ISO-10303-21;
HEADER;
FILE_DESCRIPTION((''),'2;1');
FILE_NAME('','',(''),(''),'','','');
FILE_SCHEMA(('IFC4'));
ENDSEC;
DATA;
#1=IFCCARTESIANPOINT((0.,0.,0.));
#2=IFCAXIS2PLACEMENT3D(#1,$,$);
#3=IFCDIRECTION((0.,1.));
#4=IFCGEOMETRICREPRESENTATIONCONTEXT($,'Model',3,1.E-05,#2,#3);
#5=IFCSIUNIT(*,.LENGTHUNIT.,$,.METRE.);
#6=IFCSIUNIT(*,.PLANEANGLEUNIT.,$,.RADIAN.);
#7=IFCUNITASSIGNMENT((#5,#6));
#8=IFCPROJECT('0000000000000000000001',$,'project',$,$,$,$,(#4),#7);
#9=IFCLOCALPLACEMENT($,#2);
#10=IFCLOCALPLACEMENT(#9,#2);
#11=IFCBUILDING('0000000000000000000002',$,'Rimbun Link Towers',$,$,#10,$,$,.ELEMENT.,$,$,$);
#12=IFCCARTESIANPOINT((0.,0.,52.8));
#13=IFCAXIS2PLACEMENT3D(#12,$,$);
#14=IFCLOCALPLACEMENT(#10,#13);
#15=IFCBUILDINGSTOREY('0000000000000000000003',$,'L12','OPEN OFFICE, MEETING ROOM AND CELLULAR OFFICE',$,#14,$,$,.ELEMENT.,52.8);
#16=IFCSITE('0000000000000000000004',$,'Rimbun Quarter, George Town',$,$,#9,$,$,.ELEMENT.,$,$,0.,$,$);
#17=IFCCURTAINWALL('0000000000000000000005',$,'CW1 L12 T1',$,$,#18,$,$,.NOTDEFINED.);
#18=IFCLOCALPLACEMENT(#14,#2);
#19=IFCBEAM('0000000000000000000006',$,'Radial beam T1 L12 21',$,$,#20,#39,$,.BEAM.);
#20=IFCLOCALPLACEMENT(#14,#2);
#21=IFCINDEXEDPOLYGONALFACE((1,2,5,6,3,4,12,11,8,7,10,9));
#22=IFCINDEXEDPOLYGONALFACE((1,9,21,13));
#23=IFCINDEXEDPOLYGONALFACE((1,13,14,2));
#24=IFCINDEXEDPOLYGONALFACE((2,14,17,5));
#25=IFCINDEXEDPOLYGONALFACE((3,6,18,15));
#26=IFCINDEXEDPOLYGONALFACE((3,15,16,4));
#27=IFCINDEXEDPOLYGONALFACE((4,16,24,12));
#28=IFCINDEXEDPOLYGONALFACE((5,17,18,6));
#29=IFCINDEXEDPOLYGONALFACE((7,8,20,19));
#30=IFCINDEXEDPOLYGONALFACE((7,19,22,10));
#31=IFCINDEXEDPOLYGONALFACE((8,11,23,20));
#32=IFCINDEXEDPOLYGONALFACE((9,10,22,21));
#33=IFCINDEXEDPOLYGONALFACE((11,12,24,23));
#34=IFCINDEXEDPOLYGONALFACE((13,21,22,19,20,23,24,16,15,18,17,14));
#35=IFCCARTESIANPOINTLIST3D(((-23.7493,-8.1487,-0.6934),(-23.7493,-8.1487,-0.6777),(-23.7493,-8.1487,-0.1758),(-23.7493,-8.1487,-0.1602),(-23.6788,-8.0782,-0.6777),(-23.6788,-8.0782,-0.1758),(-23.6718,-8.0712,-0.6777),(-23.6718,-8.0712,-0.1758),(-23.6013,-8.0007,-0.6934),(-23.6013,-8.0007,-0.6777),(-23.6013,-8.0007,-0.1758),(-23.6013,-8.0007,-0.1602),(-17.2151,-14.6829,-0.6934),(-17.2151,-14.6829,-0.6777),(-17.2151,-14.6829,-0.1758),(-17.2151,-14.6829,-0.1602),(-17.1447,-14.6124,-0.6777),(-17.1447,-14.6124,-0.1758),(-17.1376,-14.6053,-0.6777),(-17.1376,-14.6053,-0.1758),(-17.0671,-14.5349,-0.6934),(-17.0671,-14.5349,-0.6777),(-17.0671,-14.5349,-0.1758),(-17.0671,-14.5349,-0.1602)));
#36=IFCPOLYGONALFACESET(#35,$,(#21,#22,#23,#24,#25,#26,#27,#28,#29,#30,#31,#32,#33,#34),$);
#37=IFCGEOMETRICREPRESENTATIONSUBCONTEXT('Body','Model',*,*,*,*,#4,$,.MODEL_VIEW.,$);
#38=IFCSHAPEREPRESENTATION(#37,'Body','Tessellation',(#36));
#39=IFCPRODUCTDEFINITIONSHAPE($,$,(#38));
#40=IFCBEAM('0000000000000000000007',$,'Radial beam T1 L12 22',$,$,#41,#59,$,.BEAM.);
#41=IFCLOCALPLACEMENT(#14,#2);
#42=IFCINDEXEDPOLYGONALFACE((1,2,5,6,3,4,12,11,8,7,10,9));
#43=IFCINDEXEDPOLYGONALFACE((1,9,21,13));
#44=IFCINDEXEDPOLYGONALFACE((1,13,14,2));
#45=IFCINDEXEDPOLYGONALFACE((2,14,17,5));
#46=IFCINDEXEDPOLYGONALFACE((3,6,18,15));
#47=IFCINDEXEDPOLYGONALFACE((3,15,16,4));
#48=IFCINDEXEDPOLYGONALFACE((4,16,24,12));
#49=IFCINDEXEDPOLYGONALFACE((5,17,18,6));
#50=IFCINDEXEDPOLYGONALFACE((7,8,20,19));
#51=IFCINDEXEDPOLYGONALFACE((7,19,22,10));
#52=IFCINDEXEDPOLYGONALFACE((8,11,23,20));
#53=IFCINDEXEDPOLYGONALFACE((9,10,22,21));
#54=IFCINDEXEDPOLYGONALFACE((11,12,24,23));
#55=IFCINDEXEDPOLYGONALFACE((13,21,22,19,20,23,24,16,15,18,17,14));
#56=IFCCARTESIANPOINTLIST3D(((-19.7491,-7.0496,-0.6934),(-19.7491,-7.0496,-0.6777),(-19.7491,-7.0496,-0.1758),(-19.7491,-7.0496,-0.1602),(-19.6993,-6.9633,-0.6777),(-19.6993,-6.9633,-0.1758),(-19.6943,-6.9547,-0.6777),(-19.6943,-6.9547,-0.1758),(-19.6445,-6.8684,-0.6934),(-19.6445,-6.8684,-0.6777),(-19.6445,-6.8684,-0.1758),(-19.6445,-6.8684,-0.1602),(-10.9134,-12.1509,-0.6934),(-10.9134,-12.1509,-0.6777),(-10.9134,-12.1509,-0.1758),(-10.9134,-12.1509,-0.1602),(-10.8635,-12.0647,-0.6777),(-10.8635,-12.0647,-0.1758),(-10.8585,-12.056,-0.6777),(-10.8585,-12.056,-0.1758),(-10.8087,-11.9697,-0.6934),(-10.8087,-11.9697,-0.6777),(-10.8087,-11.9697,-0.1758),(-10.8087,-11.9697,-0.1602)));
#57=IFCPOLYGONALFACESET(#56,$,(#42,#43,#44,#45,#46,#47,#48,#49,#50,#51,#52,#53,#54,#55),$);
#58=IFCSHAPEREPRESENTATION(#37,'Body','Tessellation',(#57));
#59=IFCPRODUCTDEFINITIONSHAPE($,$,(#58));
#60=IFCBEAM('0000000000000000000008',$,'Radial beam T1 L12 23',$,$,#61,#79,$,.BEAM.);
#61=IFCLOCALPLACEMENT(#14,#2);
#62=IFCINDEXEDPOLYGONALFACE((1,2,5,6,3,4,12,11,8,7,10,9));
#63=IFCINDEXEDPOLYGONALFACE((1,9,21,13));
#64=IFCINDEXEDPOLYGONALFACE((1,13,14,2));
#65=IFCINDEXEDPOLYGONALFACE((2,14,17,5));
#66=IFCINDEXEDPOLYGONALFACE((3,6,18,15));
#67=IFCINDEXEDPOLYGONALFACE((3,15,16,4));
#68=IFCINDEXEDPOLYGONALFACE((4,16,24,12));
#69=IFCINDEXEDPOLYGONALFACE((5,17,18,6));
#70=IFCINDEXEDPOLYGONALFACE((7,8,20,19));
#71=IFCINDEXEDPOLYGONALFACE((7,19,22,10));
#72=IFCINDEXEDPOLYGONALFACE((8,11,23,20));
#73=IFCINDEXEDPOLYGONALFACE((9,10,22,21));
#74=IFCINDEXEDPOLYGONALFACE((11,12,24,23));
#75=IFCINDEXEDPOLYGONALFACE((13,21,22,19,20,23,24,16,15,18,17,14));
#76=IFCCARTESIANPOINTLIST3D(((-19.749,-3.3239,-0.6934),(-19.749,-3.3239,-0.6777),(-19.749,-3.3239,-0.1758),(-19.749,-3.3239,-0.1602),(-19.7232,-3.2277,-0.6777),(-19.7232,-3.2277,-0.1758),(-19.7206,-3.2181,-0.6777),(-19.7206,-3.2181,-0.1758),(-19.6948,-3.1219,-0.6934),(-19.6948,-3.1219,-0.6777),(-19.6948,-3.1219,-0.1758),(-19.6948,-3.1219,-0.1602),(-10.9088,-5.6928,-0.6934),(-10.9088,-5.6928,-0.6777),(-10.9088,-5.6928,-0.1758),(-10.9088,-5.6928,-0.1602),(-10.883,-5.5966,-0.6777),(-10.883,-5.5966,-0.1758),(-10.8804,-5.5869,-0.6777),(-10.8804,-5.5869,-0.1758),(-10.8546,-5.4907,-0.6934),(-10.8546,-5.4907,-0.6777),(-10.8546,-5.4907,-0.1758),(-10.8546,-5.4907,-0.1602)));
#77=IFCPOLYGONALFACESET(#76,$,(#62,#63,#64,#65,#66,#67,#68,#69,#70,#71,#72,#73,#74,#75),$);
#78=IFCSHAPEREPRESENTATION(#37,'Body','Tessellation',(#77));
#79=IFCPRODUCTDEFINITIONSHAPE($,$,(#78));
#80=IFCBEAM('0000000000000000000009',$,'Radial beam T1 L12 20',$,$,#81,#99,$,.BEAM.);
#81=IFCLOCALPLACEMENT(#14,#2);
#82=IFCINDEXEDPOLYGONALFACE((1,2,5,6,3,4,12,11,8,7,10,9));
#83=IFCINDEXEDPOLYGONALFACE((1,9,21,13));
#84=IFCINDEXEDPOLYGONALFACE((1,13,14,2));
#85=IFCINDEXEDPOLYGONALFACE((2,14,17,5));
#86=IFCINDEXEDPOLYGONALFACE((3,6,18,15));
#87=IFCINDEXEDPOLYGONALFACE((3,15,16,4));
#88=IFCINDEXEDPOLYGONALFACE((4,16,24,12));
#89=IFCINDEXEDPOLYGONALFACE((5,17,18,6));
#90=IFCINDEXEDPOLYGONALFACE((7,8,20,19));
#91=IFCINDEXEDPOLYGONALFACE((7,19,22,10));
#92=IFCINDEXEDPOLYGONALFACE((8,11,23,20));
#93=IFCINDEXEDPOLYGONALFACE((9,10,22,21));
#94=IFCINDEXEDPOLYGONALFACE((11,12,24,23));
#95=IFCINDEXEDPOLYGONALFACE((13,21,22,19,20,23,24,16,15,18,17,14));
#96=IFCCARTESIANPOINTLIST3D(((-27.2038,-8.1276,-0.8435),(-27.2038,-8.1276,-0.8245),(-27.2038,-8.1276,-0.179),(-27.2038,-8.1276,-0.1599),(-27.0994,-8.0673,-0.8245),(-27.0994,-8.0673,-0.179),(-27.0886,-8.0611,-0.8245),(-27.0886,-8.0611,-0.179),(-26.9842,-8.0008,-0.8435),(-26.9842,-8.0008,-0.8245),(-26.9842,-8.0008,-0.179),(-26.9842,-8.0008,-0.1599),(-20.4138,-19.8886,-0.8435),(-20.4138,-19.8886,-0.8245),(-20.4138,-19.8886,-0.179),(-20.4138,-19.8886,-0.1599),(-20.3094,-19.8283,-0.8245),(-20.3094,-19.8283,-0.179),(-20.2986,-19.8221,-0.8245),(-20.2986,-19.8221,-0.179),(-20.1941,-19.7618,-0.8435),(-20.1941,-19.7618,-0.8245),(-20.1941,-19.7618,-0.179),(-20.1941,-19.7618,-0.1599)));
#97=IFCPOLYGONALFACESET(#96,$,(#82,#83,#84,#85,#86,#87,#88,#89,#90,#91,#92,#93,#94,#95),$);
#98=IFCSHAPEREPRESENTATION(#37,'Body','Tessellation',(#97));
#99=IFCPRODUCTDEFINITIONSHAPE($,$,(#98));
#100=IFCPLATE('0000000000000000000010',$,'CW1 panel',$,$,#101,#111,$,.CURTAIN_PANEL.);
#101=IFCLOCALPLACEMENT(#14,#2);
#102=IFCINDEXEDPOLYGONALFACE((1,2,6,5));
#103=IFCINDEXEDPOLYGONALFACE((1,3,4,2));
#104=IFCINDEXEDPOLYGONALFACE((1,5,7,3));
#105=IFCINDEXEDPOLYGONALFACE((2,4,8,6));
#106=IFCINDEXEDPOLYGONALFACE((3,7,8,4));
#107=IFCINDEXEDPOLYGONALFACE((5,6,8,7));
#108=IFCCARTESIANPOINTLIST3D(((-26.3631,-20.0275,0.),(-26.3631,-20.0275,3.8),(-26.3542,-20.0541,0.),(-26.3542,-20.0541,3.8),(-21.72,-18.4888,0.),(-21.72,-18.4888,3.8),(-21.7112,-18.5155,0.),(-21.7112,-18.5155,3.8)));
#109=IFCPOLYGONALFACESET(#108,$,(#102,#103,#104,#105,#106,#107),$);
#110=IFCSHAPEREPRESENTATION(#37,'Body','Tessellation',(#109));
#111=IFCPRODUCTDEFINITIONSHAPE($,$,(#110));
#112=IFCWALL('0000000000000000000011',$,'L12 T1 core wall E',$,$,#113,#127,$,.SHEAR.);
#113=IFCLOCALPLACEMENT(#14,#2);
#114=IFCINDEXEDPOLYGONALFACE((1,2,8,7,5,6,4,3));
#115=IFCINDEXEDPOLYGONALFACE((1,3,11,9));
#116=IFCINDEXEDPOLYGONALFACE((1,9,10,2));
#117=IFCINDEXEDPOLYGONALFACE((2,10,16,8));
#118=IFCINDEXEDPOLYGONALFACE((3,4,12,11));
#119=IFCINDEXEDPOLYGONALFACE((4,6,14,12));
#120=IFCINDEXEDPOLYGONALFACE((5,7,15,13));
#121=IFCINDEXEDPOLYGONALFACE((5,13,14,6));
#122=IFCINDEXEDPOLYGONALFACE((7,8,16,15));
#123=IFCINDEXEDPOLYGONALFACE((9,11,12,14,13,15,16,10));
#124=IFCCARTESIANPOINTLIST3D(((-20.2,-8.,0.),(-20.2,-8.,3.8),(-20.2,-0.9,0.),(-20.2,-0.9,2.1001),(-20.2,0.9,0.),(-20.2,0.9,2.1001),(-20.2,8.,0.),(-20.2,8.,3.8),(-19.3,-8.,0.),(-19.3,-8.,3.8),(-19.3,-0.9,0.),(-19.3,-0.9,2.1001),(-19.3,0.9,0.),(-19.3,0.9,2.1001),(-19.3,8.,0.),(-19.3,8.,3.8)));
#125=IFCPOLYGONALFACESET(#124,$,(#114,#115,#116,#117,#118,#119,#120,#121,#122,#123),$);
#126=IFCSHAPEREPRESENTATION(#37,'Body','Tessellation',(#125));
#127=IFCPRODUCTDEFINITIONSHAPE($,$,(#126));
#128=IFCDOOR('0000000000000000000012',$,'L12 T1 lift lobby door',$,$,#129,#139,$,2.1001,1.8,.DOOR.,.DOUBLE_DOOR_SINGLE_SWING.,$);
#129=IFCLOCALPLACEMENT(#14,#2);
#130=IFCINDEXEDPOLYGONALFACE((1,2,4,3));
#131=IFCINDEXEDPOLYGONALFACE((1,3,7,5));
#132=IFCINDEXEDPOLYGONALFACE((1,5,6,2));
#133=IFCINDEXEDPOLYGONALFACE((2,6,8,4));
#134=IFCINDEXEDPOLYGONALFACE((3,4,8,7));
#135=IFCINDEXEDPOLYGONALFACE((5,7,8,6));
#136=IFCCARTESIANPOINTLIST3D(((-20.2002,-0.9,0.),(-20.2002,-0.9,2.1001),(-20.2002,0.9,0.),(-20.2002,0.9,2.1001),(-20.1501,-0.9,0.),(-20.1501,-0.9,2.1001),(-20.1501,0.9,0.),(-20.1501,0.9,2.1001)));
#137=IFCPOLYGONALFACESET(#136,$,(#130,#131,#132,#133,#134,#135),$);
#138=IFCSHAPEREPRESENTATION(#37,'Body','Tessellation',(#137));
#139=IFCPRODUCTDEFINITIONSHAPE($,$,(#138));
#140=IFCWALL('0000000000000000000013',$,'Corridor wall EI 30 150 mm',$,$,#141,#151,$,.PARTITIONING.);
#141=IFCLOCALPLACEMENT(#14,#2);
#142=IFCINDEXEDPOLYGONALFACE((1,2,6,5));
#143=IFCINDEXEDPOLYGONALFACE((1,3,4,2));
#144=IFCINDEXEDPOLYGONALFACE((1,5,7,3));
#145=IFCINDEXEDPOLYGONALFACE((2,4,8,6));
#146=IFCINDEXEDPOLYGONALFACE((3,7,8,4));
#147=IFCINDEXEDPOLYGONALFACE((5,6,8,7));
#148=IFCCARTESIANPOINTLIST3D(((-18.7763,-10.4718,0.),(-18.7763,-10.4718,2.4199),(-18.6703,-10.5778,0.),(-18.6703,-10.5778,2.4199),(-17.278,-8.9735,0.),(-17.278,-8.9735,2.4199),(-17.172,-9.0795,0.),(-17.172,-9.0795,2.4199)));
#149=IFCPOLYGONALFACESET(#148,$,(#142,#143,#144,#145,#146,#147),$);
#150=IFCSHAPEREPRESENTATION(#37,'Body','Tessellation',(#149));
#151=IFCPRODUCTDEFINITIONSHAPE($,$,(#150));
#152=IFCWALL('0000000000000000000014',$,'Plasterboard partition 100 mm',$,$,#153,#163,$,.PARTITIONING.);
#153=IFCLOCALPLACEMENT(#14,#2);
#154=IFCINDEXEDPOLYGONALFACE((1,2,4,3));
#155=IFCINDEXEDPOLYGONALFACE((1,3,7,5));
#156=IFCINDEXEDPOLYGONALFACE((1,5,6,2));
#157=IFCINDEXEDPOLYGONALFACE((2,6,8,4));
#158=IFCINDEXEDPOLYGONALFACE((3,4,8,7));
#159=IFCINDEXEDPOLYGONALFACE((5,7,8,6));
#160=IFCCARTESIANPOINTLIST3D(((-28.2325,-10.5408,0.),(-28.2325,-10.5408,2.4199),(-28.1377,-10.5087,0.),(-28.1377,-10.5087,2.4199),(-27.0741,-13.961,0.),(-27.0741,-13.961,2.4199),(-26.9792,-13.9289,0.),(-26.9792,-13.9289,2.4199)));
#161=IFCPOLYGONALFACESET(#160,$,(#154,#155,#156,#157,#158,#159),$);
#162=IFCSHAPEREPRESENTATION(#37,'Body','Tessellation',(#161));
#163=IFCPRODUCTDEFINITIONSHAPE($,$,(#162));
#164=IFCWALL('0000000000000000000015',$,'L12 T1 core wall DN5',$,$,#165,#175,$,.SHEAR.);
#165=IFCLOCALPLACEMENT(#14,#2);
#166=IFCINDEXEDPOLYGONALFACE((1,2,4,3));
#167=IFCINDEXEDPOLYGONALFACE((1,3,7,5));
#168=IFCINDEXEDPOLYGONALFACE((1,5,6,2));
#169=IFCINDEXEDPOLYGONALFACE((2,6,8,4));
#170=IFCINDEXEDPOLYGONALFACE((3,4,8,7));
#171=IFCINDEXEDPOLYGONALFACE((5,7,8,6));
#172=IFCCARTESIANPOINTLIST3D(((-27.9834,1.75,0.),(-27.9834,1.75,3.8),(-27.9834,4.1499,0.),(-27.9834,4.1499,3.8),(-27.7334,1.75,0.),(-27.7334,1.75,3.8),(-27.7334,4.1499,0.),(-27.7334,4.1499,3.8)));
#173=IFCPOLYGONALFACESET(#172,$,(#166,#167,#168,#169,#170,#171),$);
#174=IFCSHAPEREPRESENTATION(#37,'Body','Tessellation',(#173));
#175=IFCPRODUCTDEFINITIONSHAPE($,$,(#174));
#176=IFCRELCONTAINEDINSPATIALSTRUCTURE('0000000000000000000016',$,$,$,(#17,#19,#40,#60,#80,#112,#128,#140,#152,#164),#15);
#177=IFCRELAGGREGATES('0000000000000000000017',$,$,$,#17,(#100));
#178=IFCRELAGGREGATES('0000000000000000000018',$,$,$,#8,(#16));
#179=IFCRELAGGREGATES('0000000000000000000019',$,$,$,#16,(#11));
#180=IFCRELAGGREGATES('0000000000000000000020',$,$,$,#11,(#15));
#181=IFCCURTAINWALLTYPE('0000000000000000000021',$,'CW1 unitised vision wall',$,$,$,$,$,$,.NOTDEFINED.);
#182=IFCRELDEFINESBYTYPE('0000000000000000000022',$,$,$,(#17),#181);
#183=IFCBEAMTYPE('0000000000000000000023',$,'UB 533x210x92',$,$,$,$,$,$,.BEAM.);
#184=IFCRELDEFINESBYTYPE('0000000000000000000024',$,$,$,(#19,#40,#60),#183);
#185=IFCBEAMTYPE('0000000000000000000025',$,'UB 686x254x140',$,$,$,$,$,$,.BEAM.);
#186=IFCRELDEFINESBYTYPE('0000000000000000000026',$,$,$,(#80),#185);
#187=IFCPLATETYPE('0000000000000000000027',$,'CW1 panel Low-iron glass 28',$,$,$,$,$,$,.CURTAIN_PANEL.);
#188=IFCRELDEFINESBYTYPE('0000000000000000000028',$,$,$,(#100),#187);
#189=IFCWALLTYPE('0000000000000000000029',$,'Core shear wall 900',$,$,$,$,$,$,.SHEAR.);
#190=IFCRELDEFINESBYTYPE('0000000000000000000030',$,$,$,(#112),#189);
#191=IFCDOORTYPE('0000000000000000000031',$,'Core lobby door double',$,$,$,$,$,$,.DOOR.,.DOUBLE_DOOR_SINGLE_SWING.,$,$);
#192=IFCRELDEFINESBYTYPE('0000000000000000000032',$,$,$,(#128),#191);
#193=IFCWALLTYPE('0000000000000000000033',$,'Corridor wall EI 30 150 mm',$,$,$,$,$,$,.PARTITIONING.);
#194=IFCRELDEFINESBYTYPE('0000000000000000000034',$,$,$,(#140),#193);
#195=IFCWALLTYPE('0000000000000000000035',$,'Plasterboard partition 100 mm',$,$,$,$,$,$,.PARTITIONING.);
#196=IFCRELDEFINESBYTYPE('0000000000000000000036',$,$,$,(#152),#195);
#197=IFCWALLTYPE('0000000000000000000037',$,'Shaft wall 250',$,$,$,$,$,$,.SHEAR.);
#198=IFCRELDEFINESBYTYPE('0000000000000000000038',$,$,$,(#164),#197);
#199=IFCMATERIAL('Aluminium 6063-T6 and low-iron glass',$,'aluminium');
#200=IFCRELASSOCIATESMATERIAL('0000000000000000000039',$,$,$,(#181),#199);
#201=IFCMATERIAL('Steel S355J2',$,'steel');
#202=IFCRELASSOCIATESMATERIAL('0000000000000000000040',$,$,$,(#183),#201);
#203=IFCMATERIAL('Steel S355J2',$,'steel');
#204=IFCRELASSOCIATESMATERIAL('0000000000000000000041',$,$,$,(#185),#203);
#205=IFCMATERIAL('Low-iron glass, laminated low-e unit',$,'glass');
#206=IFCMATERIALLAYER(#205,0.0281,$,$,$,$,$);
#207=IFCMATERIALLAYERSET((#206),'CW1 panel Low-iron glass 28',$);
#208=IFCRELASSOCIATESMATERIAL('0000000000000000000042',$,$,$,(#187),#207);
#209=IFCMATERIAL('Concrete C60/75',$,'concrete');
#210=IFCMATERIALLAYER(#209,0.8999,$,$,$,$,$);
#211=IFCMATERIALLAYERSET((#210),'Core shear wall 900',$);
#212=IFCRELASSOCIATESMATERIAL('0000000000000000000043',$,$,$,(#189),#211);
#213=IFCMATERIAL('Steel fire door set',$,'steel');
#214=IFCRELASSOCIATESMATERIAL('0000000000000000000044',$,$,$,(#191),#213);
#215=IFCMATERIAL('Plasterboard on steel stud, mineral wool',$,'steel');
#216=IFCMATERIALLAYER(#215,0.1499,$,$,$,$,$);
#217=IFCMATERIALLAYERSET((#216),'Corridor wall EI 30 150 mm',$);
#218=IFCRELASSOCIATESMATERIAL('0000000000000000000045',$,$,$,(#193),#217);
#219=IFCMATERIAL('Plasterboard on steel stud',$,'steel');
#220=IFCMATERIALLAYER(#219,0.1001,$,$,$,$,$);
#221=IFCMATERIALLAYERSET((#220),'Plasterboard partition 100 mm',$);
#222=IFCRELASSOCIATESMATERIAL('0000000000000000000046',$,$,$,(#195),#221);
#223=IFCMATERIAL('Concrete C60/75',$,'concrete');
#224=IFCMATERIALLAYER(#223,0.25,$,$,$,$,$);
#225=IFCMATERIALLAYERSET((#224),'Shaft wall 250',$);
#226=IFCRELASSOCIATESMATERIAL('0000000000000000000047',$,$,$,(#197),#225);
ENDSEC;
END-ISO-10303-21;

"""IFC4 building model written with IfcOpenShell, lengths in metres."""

from ifc_helpers import new_model, si_unit, direction, frame, frame_2d, origin, origin_2d, place, context, subcontext, project, spatial, rectangle, i_section, extrude, material, layer, layer_set, material_profile, profile_set, type_object, element, fill, aggregate, save


model = new_model("IFC4")

# Units and contexts
model_context = context("Model", 3, precision=1e-05, world=origin(), true_north=direction((0.0, 1.0)))
body_context = subcontext(model_context, "Body", "Model", "MODEL_VIEW")
ifc_project = project(units=[si_unit("LENGTHUNIT", "METRE"), si_unit("PLANEANGLEUNIT", "RADIAN")], contexts=[model_context])

# Site, building, storey
site_placement = place(None, origin())
site = spatial("IfcSite", under=ifc_project, at=site_placement, Name="Rimbun Quarter, George Town", CompositionType="ELEMENT", RefElevation=0.0)
building_placement = place(site_placement, origin())
building = spatial("IfcBuilding", under=site, at=building_placement, Name="Rimbun Link Towers", CompositionType="ELEMENT")
storey_placement = place(building_placement, frame((0.0, 0.0, 52.8)))
storey = spatial("IfcBuildingStorey", under=building, at=storey_placement, Name="L12", Description="OPEN OFFICE, MEETING ROOM AND CELLULAR OFFICE", CompositionType="ELEMENT", Elevation=52.8)

# Curtain wall
ifc_material_1 = material(Name="Aluminium 6063-T6 and low-iron glass", Category="aluminium")
curtain_wall_type = type_object("IfcCurtainWallType", Name="CW1 unitised vision wall", PredefinedType="NOTDEFINED", material=ifc_material_1)
curtain_wall_placement = place(storey_placement, origin())
curtain_wall = element("IfcCurtainWall", 1, at=curtain_wall_placement, inside=storey, type_object=curtain_wall_type, Name="CW1 L12 T1", PredefinedType="NOTDEFINED")

# Beams
ifc_material_2 = material(Name="Steel S355J2", Category="steel")
ifc_material_profile_1 = material_profile(ifc_material_2, i_section(OverallWidth=0.2092, OverallDepth=0.5332, WebThickness=0.01, FlangeThickness=0.0156, at=origin_2d()), Name="UB 533x210x92")
ifc_profile_set_1 = profile_set([ifc_material_profile_1], Name="Steel S355J2")
beam_type_1 = type_object("IfcBeamType", Name="UB 533x210x92", PredefinedType="BEAM", material=ifc_profile_set_1)
beam_1_placement = place(storey_placement, frame((-23.6753, -8.0747, -0.4268), z_axis=(0.707107, -0.707107, 0.0), x_axis=(0.707107, 0.707107, 0.0)))
element("IfcBeam", 2, at=beam_1_placement, inside=storey, type_object=beam_type_1, Name="Radial beam T1 L12 21", PredefinedType="BEAM", context=body_context, shape_type="SweptSolid", body=[
    extrude(i_section(OverallWidth=0.2092, OverallDepth=0.5332, WebThickness=0.01, FlangeThickness=0.0156, at=origin_2d()), origin(), (0.0, 0.0, 1.0), 9.2407),
])
beam_2_placement = place(storey_placement, frame((-19.6968, -6.959, -0.4268), z_axis=(0.866024, -0.500002, 0.0), x_axis=(0.500002, 0.866024, 0.0)))
element("IfcBeam", 3, at=beam_2_placement, inside=storey, type_object=beam_type_1, Name="Radial beam T1 L12 22", PredefinedType="BEAM", context=body_context, shape_type="SweptSolid", body=[
    extrude(i_section(OverallWidth=0.2092, OverallDepth=0.5332, WebThickness=0.01, FlangeThickness=0.0156, at=origin_2d()), origin(), (0.0, 0.0, 1.0), 10.2026),
])
beam_3_placement = place(storey_placement, frame((-19.7219, -3.2229, -0.4268), z_axis=(0.965922, -0.258833, 0.0), x_axis=(0.258833, 0.965922, 0.0)))
element("IfcBeam", 4, at=beam_3_placement, inside=storey, type_object=beam_type_1, Name="Radial beam T1 L12 23", PredefinedType="BEAM", context=body_context, shape_type="SweptSolid", body=[
    extrude(i_section(OverallWidth=0.2092, OverallDepth=0.5332, WebThickness=0.01, FlangeThickness=0.0156, at=origin_2d()), origin(), (0.0, 0.0, 1.0), 9.1521),
])
ifc_material_3 = material(Name="Steel S355J2", Category="steel")
ifc_material_profile_2 = material_profile(ifc_material_3, i_section(OverallWidth=0.2537, OverallDepth=0.6836, WebThickness=0.0125, FlangeThickness=0.019, at=origin_2d()), Name="UB 686x254x140")
ifc_profile_set_2 = profile_set([ifc_material_profile_2], Name="Steel S355J2")
beam_type_2 = type_object("IfcBeamType", Name="UB 686x254x140", PredefinedType="BEAM", material=ifc_profile_set_2)
beam_4_placement = place(storey_placement, frame((-27.094, -8.0642, -0.5017), z_axis=(0.499991, -0.866031, 0.0), x_axis=(0.866031, 0.499991, 0.0)))
element("IfcBeam", 5, at=beam_4_placement, inside=storey, type_object=beam_type_2, Name="Radial beam T1 L12 20", PredefinedType="BEAM", context=body_context, shape_type="SweptSolid", body=[
    extrude(i_section(OverallWidth=0.2537, OverallDepth=0.6836, WebThickness=0.0125, FlangeThickness=0.019, at=origin_2d()), origin(), (0.0, 0.0, 1.0), 13.5803),
])

# Plate
ifc_material_4 = material(Name="Low-iron glass, laminated low-e unit", Category="glass")
ifc_layer_1 = layer(ifc_material_4, 0.0281)
ifc_layer_set_1 = layer_set([ifc_layer_1], Name="CW1 panel Low-iron glass 28")
plate_type = type_object("IfcPlateType", Name="CW1 panel Low-iron glass 28", PredefinedType="CURTAIN_PANEL", material=ifc_layer_set_1)
plate_placement = place(storey_placement, frame((-24.0371, -19.2715, 0.0), z_axis=(0.0, 0.0, 1.0), x_axis=(-0.949236, -0.314563, 0.0)))
plate = element("IfcPlate", 6, at=plate_placement, type_object=plate_type, Name="CW1 panel", PredefinedType="CURTAIN_PANEL", context=body_context, shape_type="SweptSolid", body=[
    extrude(rectangle(XDim=4.8914, YDim=0.0281, at=origin_2d()), origin(), (0.0, 0.0, 1.0), 3.8),
])
aggregate(curtain_wall, [plate])

# Wall, opening, door
ifc_material_5 = material(Name="Concrete C60/75", Category="concrete")
ifc_layer_2 = layer(ifc_material_5, 0.8999)
ifc_layer_set_2 = layer_set([ifc_layer_2], Name="Core shear wall 900")
wall_type_1 = type_object("IfcWallType", Name="Core shear wall 900", PredefinedType="SHEAR", material=ifc_layer_set_2)
wall_1_placement = place(storey_placement, frame((-19.75, -8.0, 0.0), z_axis=(0.0, 0.0, 1.0), x_axis=(0.0, 1.0, 0.0)))
wall_1 = element("IfcWall", 7, at=wall_1_placement, inside=storey, type_object=wall_type_1, Name="L12 T1 core wall E", PredefinedType="SHEAR", context=body_context, shape_type="SweptSolid", body=[
    extrude(rectangle(XDim=16.0, YDim=0.8999, at=frame_2d((8.0, 0.0))), origin(), (0.0, 0.0, 1.0), 3.8),
])
opening_1_placement = place(wall_1_placement, frame((7.1001, 0.0, 0.0)))
opening_1 = element("IfcOpeningElement", 8, at=opening_1_placement, cuts=wall_1, PredefinedType="OPENING", context=body_context, shape_type="SweptSolid", body=[
    extrude(rectangle(XDim=1.8, YDim=2.1001, at=frame_2d((0.8999, 1.05))), frame((0.0, 0.46, 0.0), z_axis=(0.0, -1.0, 0.0), x_axis=(1.0, 0.0, 0.0)), (0.0, 0.0, 1.0), 0.9199),
])
ifc_material_6 = material(Name="Steel fire door set", Category="steel")
door_type_1 = type_object("IfcDoorType", Name="Core lobby door double", OperationType="DOUBLE_DOOR_SINGLE_SWING", PredefinedType="DOOR", material=ifc_material_6)
door_1_placement = place(opening_1_placement, origin())
door_1 = element("IfcDoor", 9, at=door_1_placement, inside=storey, type_object=door_type_1, Name="L12 T1 lift lobby door", OperationType="DOUBLE_DOOR_SINGLE_SWING", OverallHeight=2.1001, OverallWidth=1.8, PredefinedType="DOOR", context=body_context, shape_type="SweptSolid", body=[
    extrude(rectangle(XDim=1.8, YDim=2.1001, at=frame_2d((0.8999, 1.05))), frame((0.0, 0.4502, 0.0), z_axis=(0.0, -1.0, 0.0), x_axis=(1.0, 0.0, 0.0)), (0.0, 0.0, 1.0), 0.05),
])
fill(opening_1, door_1)

# Walls
ifc_material_7 = material(Name="Plasterboard on steel stud, mineral wool", Category="steel")
ifc_layer_3 = layer(ifc_material_7, 0.1499)
ifc_layer_set_3 = layer_set([ifc_layer_3], Name="Corridor wall EI 30 150 mm")
wall_type_2 = type_object("IfcWallType", Name="Corridor wall EI 30 150 mm", PredefinedType="PARTITIONING", material=ifc_layer_set_3)
wall_2_placement = place(storey_placement, frame((-18.7234, -10.5249, 0.0), z_axis=(0.0, 0.0, 1.0), x_axis=(0.707107, 0.707107, 0.0)))
element("IfcWall", 10, at=wall_2_placement, inside=storey, type_object=wall_type_2, Name="Corridor wall EI 30 150 mm", PredefinedType="PARTITIONING", context=body_context, shape_type="SweptSolid", body=[
    extrude(rectangle(XDim=2.1189, YDim=0.1499, at=frame_2d((1.0596, 0.0))), origin(), (0.0, 0.0, 1.0), 2.4199),
])
ifc_material_8 = material(Name="Plasterboard on steel stud", Category="steel")
ifc_layer_4 = layer(ifc_material_8, 0.1001)
ifc_layer_set_4 = layer_set([ifc_layer_4], Name="Plasterboard partition 100 mm")
wall_type_3 = type_object("IfcWallType", Name="Plasterboard partition 100 mm", PredefinedType="PARTITIONING", material=ifc_layer_set_4)
wall_3_placement = place(storey_placement, frame((-27.0266, -13.9451, 0.0), z_axis=(0.0, 0.0, 1.0), x_axis=(-0.320808, 0.947144, 0.0)))
element("IfcWall", 11, at=wall_3_placement, inside=storey, type_object=wall_type_3, Name="Plasterboard partition 100 mm", PredefinedType="PARTITIONING", context=body_context, shape_type="SweptSolid", body=[
    extrude(rectangle(XDim=3.6111, YDim=0.1001, at=frame_2d((1.8057, 0.0))), origin(), (0.0, 0.0, 1.0), 2.4199),
])
ifc_material_9 = material(Name="Concrete C60/75", Category="concrete")
ifc_layer_5 = layer(ifc_material_9, 0.25)
ifc_layer_set_5 = layer_set([ifc_layer_5], Name="Shaft wall 250")
wall_type_4 = type_object("IfcWallType", Name="Shaft wall 250", PredefinedType="SHEAR", material=ifc_layer_set_5)
for number, where, z_axis, x_axis, name in (
    (12, (-27.8584, 1.75, 0.0), (0.0, 0.0, 1.0), (0.0, 1.0, 0.0), "L12 T1 core wall DN5"),
):
    element("IfcWall", number, at=place(storey_placement, frame(where, z_axis=z_axis, x_axis=x_axis)), inside=storey, type_object=wall_type_4, Name=name, PredefinedType="SHEAR", context=body_context, shape_type="SweptSolid", body=[
        extrude(rectangle(XDim=2.3999, YDim=0.25, at=frame_2d((1.2, 0.0))), origin(), (0.0, 0.0, 1.0), 3.8),
    ])

save(model, "model.ifc")
